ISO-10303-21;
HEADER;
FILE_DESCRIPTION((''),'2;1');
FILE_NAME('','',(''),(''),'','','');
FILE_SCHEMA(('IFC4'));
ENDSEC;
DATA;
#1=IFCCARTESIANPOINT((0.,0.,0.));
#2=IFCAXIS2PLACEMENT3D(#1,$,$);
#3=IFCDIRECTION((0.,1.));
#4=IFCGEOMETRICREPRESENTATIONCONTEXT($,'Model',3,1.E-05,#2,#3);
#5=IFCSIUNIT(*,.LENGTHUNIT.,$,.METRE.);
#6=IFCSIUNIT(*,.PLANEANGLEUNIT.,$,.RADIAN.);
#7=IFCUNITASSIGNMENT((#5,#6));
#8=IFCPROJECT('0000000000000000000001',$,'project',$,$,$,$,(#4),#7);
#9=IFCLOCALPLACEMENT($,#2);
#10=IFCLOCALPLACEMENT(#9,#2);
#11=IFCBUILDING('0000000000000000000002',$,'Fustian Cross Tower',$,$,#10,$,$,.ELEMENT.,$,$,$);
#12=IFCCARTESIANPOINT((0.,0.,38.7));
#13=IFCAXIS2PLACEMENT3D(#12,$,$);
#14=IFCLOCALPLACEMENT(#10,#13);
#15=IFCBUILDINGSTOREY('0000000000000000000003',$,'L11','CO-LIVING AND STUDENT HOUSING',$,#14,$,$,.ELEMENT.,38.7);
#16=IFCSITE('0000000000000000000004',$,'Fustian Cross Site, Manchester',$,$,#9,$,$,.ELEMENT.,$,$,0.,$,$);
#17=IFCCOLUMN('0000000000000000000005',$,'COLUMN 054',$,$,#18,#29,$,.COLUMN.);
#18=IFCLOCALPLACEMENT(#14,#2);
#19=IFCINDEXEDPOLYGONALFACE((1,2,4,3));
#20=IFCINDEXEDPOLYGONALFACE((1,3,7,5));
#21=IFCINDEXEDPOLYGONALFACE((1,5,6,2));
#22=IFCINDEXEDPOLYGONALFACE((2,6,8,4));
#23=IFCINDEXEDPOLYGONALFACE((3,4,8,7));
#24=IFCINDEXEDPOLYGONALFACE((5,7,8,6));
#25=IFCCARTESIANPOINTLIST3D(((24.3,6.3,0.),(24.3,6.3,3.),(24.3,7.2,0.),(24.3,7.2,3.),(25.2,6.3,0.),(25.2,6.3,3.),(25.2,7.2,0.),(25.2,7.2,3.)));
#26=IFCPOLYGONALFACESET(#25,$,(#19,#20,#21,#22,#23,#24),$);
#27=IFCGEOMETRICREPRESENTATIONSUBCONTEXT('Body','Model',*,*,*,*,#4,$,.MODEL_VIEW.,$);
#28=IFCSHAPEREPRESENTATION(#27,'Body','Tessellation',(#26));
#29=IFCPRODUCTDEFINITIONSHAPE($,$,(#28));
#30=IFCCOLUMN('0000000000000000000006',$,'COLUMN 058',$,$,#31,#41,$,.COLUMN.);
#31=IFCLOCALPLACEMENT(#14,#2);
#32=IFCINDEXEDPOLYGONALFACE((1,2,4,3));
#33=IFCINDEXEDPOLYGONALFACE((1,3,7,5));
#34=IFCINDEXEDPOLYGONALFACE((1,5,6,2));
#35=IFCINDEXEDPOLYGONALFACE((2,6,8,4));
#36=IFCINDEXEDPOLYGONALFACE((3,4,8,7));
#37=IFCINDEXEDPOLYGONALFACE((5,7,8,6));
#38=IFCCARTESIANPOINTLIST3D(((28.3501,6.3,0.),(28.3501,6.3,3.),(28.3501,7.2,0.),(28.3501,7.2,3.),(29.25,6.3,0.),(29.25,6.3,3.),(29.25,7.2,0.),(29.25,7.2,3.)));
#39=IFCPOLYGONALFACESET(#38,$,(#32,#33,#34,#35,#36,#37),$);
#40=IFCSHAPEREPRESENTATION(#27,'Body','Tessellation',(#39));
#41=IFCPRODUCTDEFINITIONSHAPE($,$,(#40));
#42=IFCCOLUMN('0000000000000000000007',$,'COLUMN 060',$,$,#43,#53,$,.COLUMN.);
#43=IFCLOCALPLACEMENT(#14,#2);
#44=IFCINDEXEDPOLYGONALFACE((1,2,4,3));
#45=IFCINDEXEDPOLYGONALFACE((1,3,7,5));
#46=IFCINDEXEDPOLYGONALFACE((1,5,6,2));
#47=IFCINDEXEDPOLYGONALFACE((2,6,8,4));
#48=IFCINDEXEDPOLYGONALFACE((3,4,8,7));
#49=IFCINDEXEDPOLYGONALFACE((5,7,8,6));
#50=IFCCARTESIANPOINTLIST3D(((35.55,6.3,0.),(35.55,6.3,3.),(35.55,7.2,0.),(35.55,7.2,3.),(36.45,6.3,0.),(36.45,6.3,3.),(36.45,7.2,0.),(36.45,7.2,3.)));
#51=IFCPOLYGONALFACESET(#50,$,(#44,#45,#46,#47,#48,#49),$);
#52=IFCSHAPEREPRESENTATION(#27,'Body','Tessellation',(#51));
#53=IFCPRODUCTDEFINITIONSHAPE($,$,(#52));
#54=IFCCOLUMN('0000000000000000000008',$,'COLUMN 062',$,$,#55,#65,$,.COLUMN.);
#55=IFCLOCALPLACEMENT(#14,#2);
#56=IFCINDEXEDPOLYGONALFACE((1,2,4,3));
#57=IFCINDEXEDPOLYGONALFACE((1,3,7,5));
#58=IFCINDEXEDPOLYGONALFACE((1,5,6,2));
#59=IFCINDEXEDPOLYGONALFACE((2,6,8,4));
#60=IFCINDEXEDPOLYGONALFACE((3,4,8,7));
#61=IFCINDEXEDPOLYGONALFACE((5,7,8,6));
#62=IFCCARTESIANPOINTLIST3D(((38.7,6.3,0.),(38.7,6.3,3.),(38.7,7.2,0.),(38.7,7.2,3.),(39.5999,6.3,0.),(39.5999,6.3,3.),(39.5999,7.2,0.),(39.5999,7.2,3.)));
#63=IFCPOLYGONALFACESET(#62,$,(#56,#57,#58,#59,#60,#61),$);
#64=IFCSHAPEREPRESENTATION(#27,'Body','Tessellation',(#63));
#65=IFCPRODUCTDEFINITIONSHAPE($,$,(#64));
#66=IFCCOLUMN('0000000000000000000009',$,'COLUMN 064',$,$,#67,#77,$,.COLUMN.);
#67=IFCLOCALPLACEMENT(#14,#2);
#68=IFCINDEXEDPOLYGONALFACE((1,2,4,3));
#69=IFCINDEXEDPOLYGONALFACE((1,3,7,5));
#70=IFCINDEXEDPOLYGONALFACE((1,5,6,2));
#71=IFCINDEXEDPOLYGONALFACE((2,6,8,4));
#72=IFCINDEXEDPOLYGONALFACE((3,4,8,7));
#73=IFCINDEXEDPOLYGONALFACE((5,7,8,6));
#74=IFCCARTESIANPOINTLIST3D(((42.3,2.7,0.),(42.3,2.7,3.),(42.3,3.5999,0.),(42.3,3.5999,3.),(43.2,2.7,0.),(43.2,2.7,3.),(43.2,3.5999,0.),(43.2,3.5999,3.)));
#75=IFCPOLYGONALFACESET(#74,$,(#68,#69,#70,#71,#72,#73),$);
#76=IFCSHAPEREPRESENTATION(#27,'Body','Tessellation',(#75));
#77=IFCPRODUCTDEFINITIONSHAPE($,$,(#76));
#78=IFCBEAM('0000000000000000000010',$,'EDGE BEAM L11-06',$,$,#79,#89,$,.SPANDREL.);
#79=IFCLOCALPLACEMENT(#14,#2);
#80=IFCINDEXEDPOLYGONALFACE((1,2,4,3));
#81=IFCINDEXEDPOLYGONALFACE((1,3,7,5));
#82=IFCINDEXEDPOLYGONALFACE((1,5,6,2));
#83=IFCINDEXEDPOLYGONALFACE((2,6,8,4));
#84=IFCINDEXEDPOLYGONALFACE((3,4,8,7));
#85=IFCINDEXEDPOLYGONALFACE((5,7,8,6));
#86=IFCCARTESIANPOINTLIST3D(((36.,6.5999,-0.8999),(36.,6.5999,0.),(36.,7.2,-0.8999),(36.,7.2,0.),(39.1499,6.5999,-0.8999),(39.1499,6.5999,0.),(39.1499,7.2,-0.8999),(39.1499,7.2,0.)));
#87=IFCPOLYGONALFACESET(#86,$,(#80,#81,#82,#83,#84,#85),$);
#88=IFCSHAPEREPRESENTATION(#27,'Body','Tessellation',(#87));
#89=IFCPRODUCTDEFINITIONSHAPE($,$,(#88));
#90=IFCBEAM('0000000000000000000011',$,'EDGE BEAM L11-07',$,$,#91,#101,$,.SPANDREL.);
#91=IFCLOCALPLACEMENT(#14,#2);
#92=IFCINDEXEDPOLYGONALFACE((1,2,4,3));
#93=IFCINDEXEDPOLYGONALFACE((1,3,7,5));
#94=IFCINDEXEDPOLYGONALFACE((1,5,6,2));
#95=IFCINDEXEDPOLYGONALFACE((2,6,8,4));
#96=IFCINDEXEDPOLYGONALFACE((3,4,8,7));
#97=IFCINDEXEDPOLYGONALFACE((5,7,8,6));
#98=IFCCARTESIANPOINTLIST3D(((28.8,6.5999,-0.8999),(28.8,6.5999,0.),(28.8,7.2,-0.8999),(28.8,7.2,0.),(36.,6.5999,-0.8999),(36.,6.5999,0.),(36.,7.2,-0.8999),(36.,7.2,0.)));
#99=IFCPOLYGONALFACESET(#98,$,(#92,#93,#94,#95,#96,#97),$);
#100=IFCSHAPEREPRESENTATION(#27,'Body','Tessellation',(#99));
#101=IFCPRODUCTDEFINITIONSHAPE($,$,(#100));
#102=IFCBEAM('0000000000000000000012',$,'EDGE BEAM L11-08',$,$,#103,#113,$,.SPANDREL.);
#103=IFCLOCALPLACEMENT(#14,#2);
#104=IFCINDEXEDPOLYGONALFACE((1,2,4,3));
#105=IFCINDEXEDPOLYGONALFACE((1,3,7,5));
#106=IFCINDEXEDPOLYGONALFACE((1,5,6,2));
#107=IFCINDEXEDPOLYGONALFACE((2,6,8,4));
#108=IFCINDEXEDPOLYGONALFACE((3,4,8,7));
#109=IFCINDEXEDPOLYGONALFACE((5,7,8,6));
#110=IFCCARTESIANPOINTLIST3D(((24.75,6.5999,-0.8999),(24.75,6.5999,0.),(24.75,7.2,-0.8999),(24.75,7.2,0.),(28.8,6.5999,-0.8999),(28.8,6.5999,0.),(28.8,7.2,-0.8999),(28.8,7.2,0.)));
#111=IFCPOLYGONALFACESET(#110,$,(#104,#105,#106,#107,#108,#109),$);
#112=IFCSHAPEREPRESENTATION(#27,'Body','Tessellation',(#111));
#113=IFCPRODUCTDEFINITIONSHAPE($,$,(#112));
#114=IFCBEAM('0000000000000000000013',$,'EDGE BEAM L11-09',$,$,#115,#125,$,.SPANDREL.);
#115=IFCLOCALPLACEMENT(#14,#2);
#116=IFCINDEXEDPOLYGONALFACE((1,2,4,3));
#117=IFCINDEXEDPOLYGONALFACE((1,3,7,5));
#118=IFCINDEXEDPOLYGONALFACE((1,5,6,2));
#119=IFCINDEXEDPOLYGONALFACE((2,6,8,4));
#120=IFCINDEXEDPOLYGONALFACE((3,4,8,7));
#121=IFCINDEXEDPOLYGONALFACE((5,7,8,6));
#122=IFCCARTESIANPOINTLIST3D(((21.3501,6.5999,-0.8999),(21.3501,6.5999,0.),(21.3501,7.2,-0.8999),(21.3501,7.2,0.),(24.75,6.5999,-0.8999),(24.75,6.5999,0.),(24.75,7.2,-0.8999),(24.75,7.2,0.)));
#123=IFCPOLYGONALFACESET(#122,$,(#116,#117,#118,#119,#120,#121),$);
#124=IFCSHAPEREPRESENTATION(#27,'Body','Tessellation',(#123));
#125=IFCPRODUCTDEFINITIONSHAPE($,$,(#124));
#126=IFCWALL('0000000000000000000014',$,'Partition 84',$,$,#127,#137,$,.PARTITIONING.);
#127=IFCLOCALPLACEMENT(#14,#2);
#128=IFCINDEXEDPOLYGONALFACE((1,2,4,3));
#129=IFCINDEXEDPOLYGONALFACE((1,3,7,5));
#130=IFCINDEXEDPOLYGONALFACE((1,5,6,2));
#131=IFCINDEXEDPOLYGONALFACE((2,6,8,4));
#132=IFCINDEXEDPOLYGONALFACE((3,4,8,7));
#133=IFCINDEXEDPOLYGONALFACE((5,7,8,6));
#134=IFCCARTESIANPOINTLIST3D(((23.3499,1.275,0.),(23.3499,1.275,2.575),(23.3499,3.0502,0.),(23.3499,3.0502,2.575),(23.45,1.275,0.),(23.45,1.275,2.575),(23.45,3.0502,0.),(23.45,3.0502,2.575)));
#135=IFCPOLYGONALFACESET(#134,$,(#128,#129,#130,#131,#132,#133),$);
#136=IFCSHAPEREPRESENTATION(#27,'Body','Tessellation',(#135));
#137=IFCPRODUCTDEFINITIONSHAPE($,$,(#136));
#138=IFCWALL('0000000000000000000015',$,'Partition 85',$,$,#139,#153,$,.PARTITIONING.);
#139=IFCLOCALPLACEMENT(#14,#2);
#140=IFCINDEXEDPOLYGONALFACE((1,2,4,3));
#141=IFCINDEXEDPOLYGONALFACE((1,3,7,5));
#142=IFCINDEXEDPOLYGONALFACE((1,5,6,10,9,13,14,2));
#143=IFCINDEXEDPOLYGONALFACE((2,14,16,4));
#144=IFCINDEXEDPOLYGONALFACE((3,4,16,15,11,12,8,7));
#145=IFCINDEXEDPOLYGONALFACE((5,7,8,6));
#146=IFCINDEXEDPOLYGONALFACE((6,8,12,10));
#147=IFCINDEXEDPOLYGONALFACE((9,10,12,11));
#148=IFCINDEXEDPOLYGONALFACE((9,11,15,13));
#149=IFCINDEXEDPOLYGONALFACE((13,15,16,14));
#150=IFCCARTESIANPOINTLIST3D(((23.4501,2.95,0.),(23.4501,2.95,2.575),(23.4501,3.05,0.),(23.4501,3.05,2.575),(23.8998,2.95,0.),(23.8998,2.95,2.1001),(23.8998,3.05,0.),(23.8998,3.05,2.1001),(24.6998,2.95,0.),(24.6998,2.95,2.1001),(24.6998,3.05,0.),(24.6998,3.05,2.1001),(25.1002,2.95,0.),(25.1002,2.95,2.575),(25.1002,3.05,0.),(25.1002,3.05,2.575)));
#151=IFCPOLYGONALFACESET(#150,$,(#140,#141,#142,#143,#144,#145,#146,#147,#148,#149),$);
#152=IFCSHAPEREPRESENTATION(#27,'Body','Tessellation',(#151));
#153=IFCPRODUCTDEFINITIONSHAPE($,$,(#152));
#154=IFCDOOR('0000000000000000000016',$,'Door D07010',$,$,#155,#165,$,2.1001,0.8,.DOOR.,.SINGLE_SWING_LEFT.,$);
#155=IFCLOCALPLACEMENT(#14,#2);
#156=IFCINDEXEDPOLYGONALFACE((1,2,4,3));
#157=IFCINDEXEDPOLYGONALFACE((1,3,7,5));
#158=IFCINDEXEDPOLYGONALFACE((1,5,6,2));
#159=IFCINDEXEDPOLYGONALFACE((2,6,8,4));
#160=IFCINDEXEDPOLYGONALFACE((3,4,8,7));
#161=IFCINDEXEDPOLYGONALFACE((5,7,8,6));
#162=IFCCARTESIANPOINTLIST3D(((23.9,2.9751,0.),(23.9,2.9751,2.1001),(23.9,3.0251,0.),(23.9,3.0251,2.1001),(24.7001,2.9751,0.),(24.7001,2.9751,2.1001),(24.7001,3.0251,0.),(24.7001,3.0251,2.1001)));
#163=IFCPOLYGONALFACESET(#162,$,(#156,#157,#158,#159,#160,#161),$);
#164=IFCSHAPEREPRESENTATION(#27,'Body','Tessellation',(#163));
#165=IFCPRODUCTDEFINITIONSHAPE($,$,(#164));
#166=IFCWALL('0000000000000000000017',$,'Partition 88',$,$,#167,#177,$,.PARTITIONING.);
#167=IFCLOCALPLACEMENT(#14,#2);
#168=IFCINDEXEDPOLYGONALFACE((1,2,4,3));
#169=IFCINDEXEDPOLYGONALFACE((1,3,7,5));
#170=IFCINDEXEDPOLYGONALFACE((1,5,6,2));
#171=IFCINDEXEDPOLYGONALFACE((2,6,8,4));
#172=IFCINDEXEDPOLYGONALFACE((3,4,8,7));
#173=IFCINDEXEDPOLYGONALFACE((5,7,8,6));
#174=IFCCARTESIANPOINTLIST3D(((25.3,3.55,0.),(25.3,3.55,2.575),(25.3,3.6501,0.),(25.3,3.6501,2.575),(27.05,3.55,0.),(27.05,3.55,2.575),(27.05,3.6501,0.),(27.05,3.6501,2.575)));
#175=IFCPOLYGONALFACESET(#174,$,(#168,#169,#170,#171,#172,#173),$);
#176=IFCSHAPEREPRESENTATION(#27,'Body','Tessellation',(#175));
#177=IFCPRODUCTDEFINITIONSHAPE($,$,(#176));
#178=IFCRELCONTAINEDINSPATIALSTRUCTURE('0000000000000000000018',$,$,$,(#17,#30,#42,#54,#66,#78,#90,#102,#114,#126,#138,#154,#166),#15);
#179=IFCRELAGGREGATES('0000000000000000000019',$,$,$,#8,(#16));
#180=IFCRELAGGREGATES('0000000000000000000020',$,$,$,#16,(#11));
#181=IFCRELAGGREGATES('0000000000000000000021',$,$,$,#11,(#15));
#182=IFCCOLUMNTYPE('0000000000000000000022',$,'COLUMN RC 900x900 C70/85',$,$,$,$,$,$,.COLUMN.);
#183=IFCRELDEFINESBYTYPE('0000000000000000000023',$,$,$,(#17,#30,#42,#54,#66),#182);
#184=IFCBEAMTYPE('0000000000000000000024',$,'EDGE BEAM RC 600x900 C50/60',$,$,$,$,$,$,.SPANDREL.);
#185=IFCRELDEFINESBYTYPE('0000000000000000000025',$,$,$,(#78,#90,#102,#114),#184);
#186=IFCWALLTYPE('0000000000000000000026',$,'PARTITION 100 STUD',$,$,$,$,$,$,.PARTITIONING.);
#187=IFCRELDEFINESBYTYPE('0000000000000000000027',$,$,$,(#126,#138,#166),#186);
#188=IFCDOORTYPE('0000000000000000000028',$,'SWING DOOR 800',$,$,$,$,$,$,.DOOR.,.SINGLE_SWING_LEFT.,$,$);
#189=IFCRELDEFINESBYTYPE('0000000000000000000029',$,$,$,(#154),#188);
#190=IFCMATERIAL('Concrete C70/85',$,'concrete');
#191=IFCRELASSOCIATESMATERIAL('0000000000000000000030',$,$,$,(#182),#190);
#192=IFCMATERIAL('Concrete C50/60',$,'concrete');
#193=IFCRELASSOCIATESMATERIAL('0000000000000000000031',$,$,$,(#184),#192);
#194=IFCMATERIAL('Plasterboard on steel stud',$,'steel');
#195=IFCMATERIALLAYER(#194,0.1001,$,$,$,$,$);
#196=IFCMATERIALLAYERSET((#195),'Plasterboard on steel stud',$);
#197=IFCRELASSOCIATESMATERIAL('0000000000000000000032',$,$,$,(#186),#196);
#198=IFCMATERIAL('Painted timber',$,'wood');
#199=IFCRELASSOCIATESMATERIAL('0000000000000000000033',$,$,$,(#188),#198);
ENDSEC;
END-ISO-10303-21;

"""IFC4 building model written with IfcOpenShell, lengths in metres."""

from ifc_helpers import new_model, si_unit, direction, frame, frame_2d, origin, origin_2d, place, context, subcontext, project, spatial, rectangle, extrude, material, layer, layer_set, material_profile, profile_set, type_object, element, fill, save


model = new_model("IFC4")

# Units and contexts
model_context = context("Model", 3, precision=1e-05, world=origin(), true_north=direction((0.0, 1.0)))
body_context = subcontext(model_context, "Body", "Model", "MODEL_VIEW")
ifc_project = project(units=[si_unit("LENGTHUNIT", "METRE"), si_unit("PLANEANGLEUNIT", "RADIAN")], contexts=[model_context])

# Site, building, storey
site_placement = place(None, origin())
site = spatial("IfcSite", under=ifc_project, at=site_placement, Name="Fustian Cross Site, Manchester", CompositionType="ELEMENT", RefElevation=0.0)
building_placement = place(site_placement, origin())
building = spatial("IfcBuilding", under=site, at=building_placement, Name="Fustian Cross Tower", CompositionType="ELEMENT")
storey_placement = place(building_placement, frame((0.0, 0.0, 38.7)))
storey = spatial("IfcBuildingStorey", under=building, at=storey_placement, Name="L11", Description="CO-LIVING AND STUDENT HOUSING", CompositionType="ELEMENT", Elevation=38.7)

# Columns
ifc_material_1 = material(Name="Concrete C70/85", Category="concrete")
ifc_material_profile_1 = material_profile(ifc_material_1, rectangle(XDim=0.8999, YDim=0.8999, at=origin_2d()), Name="RC 900x900")
ifc_profile_set_1 = profile_set([ifc_material_profile_1], Name="Concrete C70/85")
column_type = type_object("IfcColumnType", Name="COLUMN RC 900x900 C70/85", PredefinedType="COLUMN", material=ifc_profile_set_1)
for number, where, z_axis, x_axis, name in (
    (1, (24.75, 6.75, 0.0), (0.0, 0.0, 1.0), (1.0, 0.0, 0.0), "COLUMN 054"),
    (2, (28.8, 6.75, 0.0), (0.0, 0.0, 1.0), (1.0, 0.0, 0.0), "COLUMN 058"),
    (3, (36.0, 6.75, 0.0), (0.0, 0.0, 1.0), (1.0, 0.0, 0.0), "COLUMN 060"),
    (4, (39.1499, 6.75, 0.0), (0.0, 0.0, 1.0), (1.0, 0.0, 0.0), "COLUMN 062"),
    (5, (42.75, 3.1499, 0.0), (0.0, 0.0, 1.0), (1.0, 0.0, 0.0), "COLUMN 064"),
):
    element("IfcColumn", number, at=place(storey_placement, frame(where, z_axis=z_axis, x_axis=x_axis)), inside=storey, type_object=column_type, Name=name, PredefinedType="COLUMN", context=body_context, shape_type="SweptSolid", body=[
        extrude(rectangle(XDim=0.8999, YDim=0.8999, at=origin_2d()), origin(), (0.0, 0.0, 1.0), 3.0),
    ])

# Beams
ifc_material_2 = material(Name="Concrete C50/60", Category="concrete")
ifc_material_profile_2 = material_profile(ifc_material_2, rectangle(XDim=0.6001, YDim=0.8999, at=origin_2d()), Name="RC 600x900")
ifc_profile_set_2 = profile_set([ifc_material_profile_2], Name="Concrete C50/60")
beam_type = type_object("IfcBeamType", Name="EDGE BEAM RC 600x900 C50/60", PredefinedType="SPANDREL", material=ifc_profile_set_2)
beam_1_placement = place(storey_placement, frame((39.1499, 6.8999, -0.45), z_axis=(-1.0, 0.0, 0.0), x_axis=(0.0, -1.0, 0.0)))
element("IfcBeam", 6, at=beam_1_placement, inside=storey, type_object=beam_type, Name="EDGE BEAM L11-06", PredefinedType="SPANDREL", context=body_context, shape_type="SweptSolid", body=[
    extrude(rectangle(XDim=0.6001, YDim=0.8999, at=origin_2d()), origin(), (0.0, 0.0, 1.0), 3.1499),
])
beam_2_placement = place(storey_placement, frame((36.0, 6.8999, -0.45), z_axis=(-1.0, 0.0, 0.0), x_axis=(0.0, -1.0, 0.0)))
element("IfcBeam", 7, at=beam_2_placement, inside=storey, type_object=beam_type, Name="EDGE BEAM L11-07", PredefinedType="SPANDREL", context=body_context, shape_type="SweptSolid", body=[
    extrude(rectangle(XDim=0.6001, YDim=0.8999, at=origin_2d()), origin(), (0.0, 0.0, 1.0), 7.2),
])
beam_3_placement = place(storey_placement, frame((28.8, 6.8999, -0.45), z_axis=(-1.0, 0.0, 0.0), x_axis=(0.0, -1.0, 0.0)))
element("IfcBeam", 8, at=beam_3_placement, inside=storey, type_object=beam_type, Name="EDGE BEAM L11-08", PredefinedType="SPANDREL", context=body_context, shape_type="SweptSolid", body=[
    extrude(rectangle(XDim=0.6001, YDim=0.8999, at=origin_2d()), origin(), (0.0, 0.0, 1.0), 4.05),
])
beam_4_placement = place(storey_placement, frame((24.75, 6.8999, -0.45), z_axis=(-1.0, 0.0, 0.0), x_axis=(0.0, -1.0, 0.0)))
element("IfcBeam", 9, at=beam_4_placement, inside=storey, type_object=beam_type, Name="EDGE BEAM L11-09", PredefinedType="SPANDREL", context=body_context, shape_type="SweptSolid", body=[
    extrude(rectangle(XDim=0.6001, YDim=0.8999, at=origin_2d()), origin(), (0.0, 0.0, 1.0), 3.3999),
])

# Wall
ifc_material_3 = material(Name="Plasterboard on steel stud", Category="steel")
ifc_layer_1 = layer(ifc_material_3, 0.1001)
ifc_layer_set_1 = layer_set([ifc_layer_1], Name="Plasterboard on steel stud")
wall_type_1 = type_object("IfcWallType", Name="PARTITION 100 STUD", PredefinedType="PARTITIONING", material=ifc_layer_set_1)
wall_1_placement = place(storey_placement, frame((23.3999, 1.2749, 0.0), z_axis=(0.0, 0.0, 1.0), x_axis=(0.0, 1.0, 0.0)))
element("IfcWall", 10, at=wall_1_placement, inside=storey, type_object=wall_type_1, Name="Partition 84", PredefinedType="PARTITIONING", context=body_context, shape_type="SweptSolid", body=[
    extrude(rectangle(XDim=1.7751, YDim=0.1001, at=frame_2d((0.8877, 0.0))), origin(), (0.0, 0.0, 1.0), 2.575),
])

# Wall, opening, door
wall_2_placement = place(storey_placement, frame((23.45, 3.0, 0.0), z_axis=(0.0, 0.0, 1.0), x_axis=(1.0, 0.0, 0.0)))
wall_2 = element("IfcWall", 11, at=wall_2_placement, inside=storey, type_object=wall_type_1, Name="Partition 85", PredefinedType="PARTITIONING", context=body_context, shape_type="SweptSolid", body=[
    extrude(rectangle(XDim=1.6501, YDim=0.1001, at=frame_2d((0.8252, 0.0))), origin(), (0.0, 0.0, 1.0), 2.575),
])
opening_1_placement = place(wall_2_placement, frame((0.45, 0.0, 0.0)))
opening_1 = element("IfcOpeningElement", 12, at=opening_1_placement, cuts=wall_2, PredefinedType="OPENING", context=body_context, shape_type="SweptSolid", body=[
    extrude(rectangle(XDim=0.8, YDim=2.1001, at=frame_2d((0.3999, 1.05))), frame((0.0, 0.0601, 0.0), z_axis=(0.0, -1.0, 0.0), x_axis=(1.0, 0.0, 0.0)), (0.0, 0.0, 1.0), 0.1201),
])
ifc_material_4 = material(Name="Painted timber", Category="wood")
door_type = type_object("IfcDoorType", Name="SWING DOOR 800", OperationType="SINGLE_SWING_LEFT", PredefinedType="DOOR", material=ifc_material_4)
door_1_placement = place(opening_1_placement, frame((0.8, 0.0, 0.0), z_axis=(0.0, 0.0, 1.0), x_axis=(-1.0, 0.0, 0.0)))
door_1 = element("IfcDoor", 13, at=door_1_placement, inside=storey, type_object=door_type, Name="Door D07010", OperationType="SINGLE_SWING_LEFT", OverallHeight=2.1001, OverallWidth=0.8, PredefinedType="DOOR", context=body_context, shape_type="SweptSolid", body=[
    extrude(rectangle(XDim=0.8, YDim=2.1001, at=frame_2d((0.3999, 1.05))), frame((0.0, 0.0249, 0.0), z_axis=(0.0, -1.0, 0.0), x_axis=(1.0, 0.0, 0.0)), (0.0, 0.0, 1.0), 0.05),
])
fill(opening_1, door_1)

# Wall
wall_3_placement = place(storey_placement, frame((25.3, 3.6001, 0.0), z_axis=(0.0, 0.0, 1.0), x_axis=(1.0, 0.0, 0.0)))
element("IfcWall", 14, at=wall_3_placement, inside=storey, type_object=wall_type_1, Name="Partition 88", PredefinedType="PARTITIONING", context=body_context, shape_type="SweptSolid", body=[
    extrude(rectangle(XDim=1.75, YDim=0.1001, at=frame_2d((0.875, 0.0))), origin(), (0.0, 0.0, 1.0), 2.575),
])

save(model, "model.ifc")
